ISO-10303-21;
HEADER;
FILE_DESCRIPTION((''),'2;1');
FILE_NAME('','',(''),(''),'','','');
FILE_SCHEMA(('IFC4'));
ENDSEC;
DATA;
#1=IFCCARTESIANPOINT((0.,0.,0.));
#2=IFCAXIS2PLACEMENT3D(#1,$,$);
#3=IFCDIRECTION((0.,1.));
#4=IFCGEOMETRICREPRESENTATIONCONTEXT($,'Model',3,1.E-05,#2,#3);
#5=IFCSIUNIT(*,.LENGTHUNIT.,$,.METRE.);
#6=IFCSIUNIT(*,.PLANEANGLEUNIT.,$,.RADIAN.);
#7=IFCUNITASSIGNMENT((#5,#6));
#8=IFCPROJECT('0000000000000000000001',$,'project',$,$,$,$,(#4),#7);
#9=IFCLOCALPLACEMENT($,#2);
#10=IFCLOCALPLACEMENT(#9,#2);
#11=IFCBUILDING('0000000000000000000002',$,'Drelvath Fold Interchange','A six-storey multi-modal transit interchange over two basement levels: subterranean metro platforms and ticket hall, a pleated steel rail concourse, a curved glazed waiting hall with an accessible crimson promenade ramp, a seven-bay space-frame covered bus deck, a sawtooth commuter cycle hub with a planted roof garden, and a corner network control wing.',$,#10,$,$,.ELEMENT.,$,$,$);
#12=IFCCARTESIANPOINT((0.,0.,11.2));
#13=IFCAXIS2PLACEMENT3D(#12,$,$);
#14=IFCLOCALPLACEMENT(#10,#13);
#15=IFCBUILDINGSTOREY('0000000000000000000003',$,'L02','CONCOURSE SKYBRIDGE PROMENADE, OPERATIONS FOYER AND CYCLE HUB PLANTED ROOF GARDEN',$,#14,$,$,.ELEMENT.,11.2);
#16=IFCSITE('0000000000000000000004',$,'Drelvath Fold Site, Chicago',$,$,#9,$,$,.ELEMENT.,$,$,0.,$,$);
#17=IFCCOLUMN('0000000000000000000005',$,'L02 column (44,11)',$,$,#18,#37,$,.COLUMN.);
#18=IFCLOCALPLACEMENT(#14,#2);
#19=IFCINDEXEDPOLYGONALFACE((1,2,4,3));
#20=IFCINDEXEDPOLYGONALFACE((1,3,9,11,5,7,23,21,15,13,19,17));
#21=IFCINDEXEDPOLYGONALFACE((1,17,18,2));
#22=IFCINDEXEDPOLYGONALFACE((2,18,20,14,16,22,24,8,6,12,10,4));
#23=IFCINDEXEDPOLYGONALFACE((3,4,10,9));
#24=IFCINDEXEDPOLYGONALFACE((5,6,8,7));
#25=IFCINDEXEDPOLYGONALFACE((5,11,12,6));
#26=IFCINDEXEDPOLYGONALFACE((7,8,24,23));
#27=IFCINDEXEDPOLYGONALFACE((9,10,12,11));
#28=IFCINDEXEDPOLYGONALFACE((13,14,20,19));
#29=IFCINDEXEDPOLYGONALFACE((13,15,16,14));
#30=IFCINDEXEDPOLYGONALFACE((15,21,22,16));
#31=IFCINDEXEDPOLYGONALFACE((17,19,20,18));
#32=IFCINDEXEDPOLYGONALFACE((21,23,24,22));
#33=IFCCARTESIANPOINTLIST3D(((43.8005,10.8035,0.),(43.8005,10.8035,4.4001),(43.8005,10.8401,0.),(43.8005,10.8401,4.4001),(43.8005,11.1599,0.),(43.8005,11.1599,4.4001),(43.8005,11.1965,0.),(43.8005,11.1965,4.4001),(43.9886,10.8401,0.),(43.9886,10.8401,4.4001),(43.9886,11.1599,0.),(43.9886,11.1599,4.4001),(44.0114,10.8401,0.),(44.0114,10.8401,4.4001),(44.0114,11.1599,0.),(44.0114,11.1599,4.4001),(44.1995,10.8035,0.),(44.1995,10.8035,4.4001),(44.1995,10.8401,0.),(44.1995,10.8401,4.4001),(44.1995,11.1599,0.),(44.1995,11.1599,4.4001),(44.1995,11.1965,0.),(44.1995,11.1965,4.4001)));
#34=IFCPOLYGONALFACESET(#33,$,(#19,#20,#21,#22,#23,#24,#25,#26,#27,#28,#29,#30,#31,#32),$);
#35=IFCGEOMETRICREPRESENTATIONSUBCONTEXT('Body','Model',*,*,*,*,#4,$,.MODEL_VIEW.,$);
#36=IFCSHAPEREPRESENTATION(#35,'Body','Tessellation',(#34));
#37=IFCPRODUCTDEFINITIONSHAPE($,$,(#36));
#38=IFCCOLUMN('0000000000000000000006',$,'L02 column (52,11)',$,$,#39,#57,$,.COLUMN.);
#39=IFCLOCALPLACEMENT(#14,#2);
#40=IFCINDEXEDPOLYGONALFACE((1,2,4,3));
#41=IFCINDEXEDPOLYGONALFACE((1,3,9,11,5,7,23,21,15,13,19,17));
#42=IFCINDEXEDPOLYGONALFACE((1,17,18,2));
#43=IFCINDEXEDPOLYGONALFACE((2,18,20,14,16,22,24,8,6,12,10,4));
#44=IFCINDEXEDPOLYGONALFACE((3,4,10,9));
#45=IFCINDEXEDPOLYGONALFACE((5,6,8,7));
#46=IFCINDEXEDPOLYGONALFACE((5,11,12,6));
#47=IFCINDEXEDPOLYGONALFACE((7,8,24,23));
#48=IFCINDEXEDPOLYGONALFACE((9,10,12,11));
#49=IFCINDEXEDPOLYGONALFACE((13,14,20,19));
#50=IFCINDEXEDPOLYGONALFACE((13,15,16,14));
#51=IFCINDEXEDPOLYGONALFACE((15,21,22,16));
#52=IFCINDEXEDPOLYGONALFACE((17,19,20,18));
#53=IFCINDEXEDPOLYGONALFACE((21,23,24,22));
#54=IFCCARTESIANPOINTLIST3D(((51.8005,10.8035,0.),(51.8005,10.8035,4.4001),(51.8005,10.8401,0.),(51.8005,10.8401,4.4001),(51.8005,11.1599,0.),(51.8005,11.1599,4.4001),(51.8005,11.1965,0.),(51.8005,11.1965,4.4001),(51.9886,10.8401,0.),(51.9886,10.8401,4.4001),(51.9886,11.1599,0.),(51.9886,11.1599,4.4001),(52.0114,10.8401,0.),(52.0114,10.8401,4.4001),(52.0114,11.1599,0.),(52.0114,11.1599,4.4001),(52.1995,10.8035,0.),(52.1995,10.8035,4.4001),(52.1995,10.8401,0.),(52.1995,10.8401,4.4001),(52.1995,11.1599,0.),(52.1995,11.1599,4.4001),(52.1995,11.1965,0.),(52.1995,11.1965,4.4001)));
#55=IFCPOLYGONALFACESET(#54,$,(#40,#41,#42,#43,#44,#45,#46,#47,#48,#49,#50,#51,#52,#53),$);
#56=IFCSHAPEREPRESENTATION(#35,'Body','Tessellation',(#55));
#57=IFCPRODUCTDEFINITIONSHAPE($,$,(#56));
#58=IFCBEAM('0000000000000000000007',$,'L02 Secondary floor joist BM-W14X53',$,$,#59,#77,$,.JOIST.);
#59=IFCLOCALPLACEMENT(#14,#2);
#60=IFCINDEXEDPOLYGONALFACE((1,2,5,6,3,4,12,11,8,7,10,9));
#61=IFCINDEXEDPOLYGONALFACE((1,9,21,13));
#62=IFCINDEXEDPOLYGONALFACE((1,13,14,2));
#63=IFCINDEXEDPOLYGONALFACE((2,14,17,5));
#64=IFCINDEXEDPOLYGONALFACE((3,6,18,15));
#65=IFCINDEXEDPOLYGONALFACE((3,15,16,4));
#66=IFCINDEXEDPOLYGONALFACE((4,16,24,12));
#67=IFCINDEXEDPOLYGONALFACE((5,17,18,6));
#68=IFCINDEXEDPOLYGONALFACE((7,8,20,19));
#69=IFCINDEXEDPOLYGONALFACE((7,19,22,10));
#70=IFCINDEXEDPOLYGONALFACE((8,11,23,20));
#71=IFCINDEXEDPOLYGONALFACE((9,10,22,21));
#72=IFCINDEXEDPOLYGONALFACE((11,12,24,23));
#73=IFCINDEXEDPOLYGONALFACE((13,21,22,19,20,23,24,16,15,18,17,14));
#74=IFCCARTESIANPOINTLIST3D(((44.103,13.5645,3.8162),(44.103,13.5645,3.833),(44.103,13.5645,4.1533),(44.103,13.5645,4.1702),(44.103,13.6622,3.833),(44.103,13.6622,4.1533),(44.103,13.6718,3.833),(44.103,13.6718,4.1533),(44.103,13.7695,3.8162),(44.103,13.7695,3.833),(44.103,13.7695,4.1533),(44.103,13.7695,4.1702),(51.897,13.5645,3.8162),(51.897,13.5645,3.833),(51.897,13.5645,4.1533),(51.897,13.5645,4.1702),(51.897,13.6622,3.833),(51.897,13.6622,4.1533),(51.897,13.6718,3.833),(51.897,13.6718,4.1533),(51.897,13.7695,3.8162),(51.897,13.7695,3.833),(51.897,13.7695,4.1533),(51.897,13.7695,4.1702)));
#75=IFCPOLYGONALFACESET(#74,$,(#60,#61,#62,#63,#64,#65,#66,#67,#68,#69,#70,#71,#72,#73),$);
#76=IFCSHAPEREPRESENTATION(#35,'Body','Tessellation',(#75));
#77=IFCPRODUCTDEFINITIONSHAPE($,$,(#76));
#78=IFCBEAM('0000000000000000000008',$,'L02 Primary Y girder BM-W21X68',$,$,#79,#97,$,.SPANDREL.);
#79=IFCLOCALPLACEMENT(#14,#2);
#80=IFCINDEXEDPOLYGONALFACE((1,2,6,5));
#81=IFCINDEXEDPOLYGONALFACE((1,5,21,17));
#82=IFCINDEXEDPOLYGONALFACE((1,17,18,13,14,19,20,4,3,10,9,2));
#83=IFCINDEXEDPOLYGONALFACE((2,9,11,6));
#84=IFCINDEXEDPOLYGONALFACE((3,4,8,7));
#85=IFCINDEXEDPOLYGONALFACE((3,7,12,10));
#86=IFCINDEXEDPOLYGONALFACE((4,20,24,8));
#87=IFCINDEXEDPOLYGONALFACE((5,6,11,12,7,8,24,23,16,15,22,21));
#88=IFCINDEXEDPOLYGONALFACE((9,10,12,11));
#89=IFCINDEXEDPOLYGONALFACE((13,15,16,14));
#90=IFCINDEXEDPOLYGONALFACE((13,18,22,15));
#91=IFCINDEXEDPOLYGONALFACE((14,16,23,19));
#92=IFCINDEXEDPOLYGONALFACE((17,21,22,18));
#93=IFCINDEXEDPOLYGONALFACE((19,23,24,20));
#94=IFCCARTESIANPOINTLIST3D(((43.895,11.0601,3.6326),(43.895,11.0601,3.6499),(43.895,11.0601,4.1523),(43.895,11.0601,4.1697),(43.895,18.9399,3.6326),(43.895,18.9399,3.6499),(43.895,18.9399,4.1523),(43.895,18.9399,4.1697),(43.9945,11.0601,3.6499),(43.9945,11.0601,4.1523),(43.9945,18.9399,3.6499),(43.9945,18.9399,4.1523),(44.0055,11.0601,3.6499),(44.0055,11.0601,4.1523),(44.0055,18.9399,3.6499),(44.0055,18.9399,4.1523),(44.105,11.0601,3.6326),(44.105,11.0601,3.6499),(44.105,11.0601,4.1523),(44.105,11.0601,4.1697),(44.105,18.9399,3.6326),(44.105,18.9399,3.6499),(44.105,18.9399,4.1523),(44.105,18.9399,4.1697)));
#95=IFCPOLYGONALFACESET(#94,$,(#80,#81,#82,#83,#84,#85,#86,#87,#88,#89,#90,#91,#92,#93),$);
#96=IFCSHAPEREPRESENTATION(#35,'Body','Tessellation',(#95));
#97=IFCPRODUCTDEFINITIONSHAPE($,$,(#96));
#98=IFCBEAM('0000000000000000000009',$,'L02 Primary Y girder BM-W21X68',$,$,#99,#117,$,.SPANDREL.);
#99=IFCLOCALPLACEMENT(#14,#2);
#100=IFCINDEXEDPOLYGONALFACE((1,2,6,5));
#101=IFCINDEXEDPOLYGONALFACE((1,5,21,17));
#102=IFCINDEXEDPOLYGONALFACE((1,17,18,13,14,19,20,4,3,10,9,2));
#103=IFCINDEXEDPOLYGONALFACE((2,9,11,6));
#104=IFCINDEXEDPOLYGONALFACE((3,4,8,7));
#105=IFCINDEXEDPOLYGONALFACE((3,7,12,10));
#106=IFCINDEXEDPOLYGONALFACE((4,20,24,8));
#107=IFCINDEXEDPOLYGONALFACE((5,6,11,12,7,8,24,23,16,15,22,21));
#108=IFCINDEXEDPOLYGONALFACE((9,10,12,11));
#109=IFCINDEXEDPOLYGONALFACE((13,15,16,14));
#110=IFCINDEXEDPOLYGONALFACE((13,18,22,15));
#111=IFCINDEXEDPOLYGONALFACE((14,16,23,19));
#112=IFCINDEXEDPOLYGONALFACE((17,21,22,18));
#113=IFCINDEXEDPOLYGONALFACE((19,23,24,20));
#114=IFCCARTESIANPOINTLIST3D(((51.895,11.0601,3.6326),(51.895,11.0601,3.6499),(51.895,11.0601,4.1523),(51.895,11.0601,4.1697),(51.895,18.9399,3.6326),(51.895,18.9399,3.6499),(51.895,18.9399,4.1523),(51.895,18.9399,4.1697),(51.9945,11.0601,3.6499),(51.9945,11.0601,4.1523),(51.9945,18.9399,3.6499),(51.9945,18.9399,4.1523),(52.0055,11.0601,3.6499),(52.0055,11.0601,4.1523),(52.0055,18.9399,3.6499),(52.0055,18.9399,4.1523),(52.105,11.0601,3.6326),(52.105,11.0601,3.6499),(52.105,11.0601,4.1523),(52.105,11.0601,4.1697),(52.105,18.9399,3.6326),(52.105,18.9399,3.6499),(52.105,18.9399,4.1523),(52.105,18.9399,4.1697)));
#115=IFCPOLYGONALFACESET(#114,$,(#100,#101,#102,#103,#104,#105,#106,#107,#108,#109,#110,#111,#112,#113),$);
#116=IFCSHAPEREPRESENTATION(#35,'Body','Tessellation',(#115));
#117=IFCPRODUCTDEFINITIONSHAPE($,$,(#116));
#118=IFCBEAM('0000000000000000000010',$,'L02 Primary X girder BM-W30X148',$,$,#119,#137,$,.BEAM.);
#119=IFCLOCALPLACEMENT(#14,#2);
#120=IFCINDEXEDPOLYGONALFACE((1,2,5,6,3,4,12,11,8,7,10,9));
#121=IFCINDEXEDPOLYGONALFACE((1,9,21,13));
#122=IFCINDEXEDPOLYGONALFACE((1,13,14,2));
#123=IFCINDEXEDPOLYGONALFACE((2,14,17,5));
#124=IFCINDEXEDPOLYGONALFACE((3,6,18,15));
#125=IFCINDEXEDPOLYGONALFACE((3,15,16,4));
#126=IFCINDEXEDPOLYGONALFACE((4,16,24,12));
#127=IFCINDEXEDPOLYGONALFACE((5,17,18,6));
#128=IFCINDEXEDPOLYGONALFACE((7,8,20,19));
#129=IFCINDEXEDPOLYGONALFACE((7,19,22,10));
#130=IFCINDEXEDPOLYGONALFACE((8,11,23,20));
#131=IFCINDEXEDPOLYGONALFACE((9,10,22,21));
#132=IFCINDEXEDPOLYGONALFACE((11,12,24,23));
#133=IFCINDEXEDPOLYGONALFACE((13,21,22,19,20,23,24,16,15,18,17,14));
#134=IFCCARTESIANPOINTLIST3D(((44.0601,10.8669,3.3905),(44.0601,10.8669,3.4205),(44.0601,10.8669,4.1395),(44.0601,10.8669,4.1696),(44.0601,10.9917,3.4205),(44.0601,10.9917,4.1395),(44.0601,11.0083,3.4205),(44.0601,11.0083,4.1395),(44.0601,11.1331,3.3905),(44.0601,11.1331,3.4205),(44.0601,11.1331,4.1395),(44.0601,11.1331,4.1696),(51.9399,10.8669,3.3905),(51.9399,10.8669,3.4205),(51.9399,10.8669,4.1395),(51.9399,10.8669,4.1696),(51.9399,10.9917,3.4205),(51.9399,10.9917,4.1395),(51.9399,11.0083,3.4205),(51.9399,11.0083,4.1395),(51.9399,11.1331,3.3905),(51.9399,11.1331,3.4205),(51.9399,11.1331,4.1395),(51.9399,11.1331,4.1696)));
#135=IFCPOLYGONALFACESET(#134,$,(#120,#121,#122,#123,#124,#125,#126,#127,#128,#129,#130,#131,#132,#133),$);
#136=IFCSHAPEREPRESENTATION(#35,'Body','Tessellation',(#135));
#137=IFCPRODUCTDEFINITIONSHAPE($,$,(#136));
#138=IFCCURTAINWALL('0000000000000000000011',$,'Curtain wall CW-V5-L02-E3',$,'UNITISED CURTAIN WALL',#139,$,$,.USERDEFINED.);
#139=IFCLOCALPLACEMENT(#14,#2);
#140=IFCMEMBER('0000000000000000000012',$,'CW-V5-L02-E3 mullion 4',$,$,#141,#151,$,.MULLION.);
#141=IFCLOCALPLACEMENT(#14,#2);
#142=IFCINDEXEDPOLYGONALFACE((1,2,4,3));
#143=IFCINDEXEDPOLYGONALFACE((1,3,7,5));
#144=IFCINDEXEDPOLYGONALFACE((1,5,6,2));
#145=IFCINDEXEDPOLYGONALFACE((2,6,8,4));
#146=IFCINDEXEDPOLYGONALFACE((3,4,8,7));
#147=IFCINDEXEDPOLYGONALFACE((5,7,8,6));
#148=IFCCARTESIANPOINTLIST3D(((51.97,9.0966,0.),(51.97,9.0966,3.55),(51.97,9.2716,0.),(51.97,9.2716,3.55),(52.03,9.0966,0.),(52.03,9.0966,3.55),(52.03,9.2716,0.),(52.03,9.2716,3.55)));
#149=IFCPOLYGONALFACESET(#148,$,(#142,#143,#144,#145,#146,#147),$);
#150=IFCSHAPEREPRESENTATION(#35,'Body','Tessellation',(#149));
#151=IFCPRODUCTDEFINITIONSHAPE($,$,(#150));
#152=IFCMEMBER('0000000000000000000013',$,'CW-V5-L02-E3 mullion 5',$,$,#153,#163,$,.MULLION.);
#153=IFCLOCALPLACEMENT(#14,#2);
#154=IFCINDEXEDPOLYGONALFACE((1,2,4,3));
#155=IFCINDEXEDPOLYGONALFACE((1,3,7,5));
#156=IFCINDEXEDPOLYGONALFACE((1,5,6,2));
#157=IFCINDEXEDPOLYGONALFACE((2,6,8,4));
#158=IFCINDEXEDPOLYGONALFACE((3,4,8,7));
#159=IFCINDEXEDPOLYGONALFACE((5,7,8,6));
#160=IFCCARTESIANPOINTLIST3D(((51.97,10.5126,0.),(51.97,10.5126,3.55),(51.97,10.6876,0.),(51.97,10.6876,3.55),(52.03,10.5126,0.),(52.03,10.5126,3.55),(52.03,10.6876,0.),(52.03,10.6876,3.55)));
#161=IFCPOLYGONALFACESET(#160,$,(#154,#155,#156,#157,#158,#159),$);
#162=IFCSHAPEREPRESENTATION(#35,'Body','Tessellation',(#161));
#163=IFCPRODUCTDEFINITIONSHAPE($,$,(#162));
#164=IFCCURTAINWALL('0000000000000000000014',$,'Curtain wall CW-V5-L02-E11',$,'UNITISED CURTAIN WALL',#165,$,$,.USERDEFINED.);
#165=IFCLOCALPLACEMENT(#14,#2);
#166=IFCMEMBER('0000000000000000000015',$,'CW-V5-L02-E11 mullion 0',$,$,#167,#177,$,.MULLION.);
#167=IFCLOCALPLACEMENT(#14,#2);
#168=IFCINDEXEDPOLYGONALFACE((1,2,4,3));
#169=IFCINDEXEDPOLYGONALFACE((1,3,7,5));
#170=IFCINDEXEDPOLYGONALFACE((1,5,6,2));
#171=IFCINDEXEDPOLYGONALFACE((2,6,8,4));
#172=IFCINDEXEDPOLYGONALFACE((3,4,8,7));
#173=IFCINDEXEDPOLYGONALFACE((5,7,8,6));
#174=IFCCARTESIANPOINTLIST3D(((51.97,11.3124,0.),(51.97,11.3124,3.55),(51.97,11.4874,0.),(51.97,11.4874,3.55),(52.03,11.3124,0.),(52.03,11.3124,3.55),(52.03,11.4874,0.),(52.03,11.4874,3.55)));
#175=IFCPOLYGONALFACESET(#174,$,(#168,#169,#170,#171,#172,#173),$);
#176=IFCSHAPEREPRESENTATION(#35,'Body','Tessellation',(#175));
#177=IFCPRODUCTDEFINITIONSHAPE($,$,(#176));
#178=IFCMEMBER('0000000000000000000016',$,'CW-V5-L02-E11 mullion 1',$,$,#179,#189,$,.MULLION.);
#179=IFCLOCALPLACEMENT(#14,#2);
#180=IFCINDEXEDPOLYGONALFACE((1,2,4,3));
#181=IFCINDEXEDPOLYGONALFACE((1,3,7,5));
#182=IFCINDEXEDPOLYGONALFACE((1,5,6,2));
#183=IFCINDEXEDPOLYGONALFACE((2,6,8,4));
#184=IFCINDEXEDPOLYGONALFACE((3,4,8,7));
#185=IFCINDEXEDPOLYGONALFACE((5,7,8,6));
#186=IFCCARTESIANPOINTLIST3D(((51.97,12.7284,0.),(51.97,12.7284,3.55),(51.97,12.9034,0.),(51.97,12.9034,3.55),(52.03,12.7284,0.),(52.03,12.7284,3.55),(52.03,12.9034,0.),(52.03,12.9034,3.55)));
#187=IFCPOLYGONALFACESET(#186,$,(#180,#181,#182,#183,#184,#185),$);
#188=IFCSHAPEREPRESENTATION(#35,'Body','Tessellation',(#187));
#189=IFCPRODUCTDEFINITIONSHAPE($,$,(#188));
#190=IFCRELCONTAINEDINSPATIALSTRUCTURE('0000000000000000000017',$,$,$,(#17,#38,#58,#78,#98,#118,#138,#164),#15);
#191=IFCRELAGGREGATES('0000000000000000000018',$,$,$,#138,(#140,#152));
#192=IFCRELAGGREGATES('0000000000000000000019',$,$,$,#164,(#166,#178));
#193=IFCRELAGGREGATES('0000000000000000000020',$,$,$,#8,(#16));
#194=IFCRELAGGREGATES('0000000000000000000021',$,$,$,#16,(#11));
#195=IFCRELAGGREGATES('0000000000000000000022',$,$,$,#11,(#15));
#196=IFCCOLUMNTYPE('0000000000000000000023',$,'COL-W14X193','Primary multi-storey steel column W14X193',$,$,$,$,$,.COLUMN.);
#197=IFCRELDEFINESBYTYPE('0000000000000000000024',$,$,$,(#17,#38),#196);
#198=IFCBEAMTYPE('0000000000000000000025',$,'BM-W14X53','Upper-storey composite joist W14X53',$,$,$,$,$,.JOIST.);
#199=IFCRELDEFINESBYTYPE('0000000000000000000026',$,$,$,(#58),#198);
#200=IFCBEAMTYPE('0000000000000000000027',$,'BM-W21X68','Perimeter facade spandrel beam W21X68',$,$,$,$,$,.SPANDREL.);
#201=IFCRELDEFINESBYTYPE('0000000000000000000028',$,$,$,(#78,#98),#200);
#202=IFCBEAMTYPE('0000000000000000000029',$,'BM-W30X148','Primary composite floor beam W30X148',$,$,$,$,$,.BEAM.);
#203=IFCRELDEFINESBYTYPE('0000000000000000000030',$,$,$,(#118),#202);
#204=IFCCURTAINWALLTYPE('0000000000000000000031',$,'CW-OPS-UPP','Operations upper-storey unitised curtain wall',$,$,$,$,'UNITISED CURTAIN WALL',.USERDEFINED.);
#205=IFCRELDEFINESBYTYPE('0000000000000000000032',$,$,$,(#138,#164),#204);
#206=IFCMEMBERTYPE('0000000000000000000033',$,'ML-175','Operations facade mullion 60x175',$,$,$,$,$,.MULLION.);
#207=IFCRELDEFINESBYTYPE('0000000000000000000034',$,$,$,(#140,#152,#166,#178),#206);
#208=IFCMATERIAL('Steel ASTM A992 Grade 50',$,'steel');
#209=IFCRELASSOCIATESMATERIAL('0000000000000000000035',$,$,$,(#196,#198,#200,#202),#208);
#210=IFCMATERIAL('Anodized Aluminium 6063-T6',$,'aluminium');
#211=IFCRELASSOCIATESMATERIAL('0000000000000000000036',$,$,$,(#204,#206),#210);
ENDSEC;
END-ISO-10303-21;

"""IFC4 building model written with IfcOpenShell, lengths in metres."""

from ifc_helpers import new_model, si_unit, direction, frame, origin, origin_2d, place, context, subcontext, project, spatial, rectangle, i_section, extrude, material, material_profile, profile_set, type_object, element, aggregate, save


model = new_model("IFC4")

# Units and contexts
model_context = context("Model", 3, precision=1e-05, world=origin(), true_north=direction((0.0, 1.0)))
body_context = subcontext(model_context, "Body", "Model", "MODEL_VIEW")
ifc_project = project(units=[si_unit("LENGTHUNIT", "METRE"), si_unit("PLANEANGLEUNIT", "RADIAN")], contexts=[model_context])

# Site, building, storey
site_placement = place(None, origin())
site = spatial("IfcSite", under=ifc_project, at=site_placement, Name="Drelvath Fold Site, Chicago", CompositionType="ELEMENT", RefElevation=0.0)
building_placement = place(site_placement, origin())
building = spatial("IfcBuilding", under=site, at=building_placement, Name="Drelvath Fold Interchange", Description="A six-storey multi-modal transit interchange over two basement levels: subterranean metro platforms and ticket hall, a pleated steel rail concourse, a curved glazed waiting hall with an accessible crimson promenade ramp, a seven-bay space-frame covered bus deck, a sawtooth commuter cycle hub with a planted roof garden, and a corner network control wing.", CompositionType="ELEMENT")
storey_placement = place(building_placement, frame((0.0, 0.0, 11.2)))
storey = spatial("IfcBuildingStorey", under=building, at=storey_placement, Name="L02", Description="CONCOURSE SKYBRIDGE PROMENADE, OPERATIONS FOYER AND CYCLE HUB PLANTED ROOF GARDEN", CompositionType="ELEMENT", Elevation=11.2)

# Columns
ifc_material_1 = material(Name="Steel ASTM A992 Grade 50", Category="steel")
ifc_material_profile_1 = material_profile(ifc_material_1, i_section(OverallWidth=0.3989, OverallDepth=0.3931, WebThickness=0.0227, FlangeThickness=0.0366, at=origin_2d()), Name="W14X193")
ifc_profile_set_1 = profile_set([ifc_material_profile_1], Name="Steel ASTM A992 Grade 50")
column_type = type_object("IfcColumnType", Name="COL-W14X193", Description="Primary multi-storey steel column W14X193", PredefinedType="COLUMN", material=ifc_profile_set_1)
for number, where, z_axis, x_axis, name in (
    (1, (44.0, 11.0, 0.0), (0.0, 0.0, 1.0), (1.0, 0.0, 0.0), "L02 column (44,11)"),
    (2, (52.0, 11.0, 0.0), (0.0, 0.0, 1.0), (1.0, 0.0, 0.0), "L02 column (52,11)"),
):
    element("IfcColumn", number, at=place(storey_placement, frame(where, z_axis=z_axis, x_axis=x_axis)), inside=storey, type_object=column_type, Name=name, PredefinedType="COLUMN", context=body_context, shape_type="SweptSolid", body=[
        extrude(i_section(OverallWidth=0.3989, OverallDepth=0.3931, WebThickness=0.0227, FlangeThickness=0.0366, at=origin_2d()), origin(), (0.0, 0.0, 1.0), 4.4001),
    ])

# Beams
ifc_material_profile_2 = material_profile(ifc_material_1, i_section(OverallWidth=0.2051, OverallDepth=0.354, WebThickness=0.0095, FlangeThickness=0.0168, at=origin_2d()), Name="W14X53")
ifc_profile_set_2 = profile_set([ifc_material_profile_2], Name="Steel ASTM A992 Grade 50")
beam_type_1 = type_object("IfcBeamType", Name="BM-W14X53", Description="Upper-storey composite joist W14X53", PredefinedType="JOIST", material=ifc_profile_set_2)
beam_1_placement = place(storey_placement, frame((44.103, 13.667, 3.9932), z_axis=(1.0, 0.0, 0.0), x_axis=(0.0, 1.0, 0.0)))
element("IfcBeam", 3, at=beam_1_placement, inside=storey, type_object=beam_type_1, Name="L02 Secondary floor joist BM-W14X53", PredefinedType="JOIST", context=body_context, shape_type="SweptSolid", body=[
    extrude(i_section(OverallWidth=0.2051, OverallDepth=0.354, WebThickness=0.0095, FlangeThickness=0.0168, at=origin_2d()), origin(), (0.0, 0.0, 1.0), 7.7939),
])
ifc_material_profile_3 = material_profile(ifc_material_1, i_section(OverallWidth=0.21, OverallDepth=0.5371, WebThickness=0.011, FlangeThickness=0.0173, at=origin_2d()), Name="W21X68")
ifc_profile_set_3 = profile_set([ifc_material_profile_3], Name="Steel ASTM A992 Grade 50")
beam_type_2 = type_object("IfcBeamType", Name="BM-W21X68", Description="Perimeter facade spandrel beam W21X68", PredefinedType="SPANDREL", material=ifc_profile_set_3)
for number, where, z_axis, x_axis, name in (
    (4, (44.0, 11.0601, 3.9011), (0.0, 1.0, 0.0), (-1.0, 0.0, 0.0), "L02 Primary Y girder BM-W21X68"),
    (5, (52.0, 11.0601, 3.9011), (0.0, 1.0, 0.0), (-1.0, 0.0, 0.0), "L02 Primary Y girder BM-W21X68"),
):
    element("IfcBeam", number, at=place(storey_placement, frame(where, z_axis=z_axis, x_axis=x_axis)), inside=storey, type_object=beam_type_2, Name=name, PredefinedType="SPANDREL", context=body_context, shape_type="SweptSolid", body=[
        extrude(i_section(OverallWidth=0.21, OverallDepth=0.5371, WebThickness=0.011, FlangeThickness=0.0173, at=origin_2d()), origin(), (0.0, 0.0, 1.0), 7.8799),
    ])
ifc_material_profile_4 = material_profile(ifc_material_1, i_section(OverallWidth=0.2661, OverallDepth=0.7791, WebThickness=0.0166, FlangeThickness=0.03, at=origin_2d()), Name="W30X148")
ifc_profile_set_4 = profile_set([ifc_material_profile_4], Name="Steel ASTM A992 Grade 50")
beam_type_3 = type_object("IfcBeamType", Name="BM-W30X148", Description="Primary composite floor beam W30X148", PredefinedType="BEAM", material=ifc_profile_set_4)
beam_2_placement = place(storey_placement, frame((44.0601, 11.0, 3.78), z_axis=(1.0, 0.0, 0.0), x_axis=(0.0, 1.0, 0.0)))
element("IfcBeam", 6, at=beam_2_placement, inside=storey, type_object=beam_type_3, Name="L02 Primary X girder BM-W30X148", PredefinedType="BEAM", context=body_context, shape_type="SweptSolid", body=[
    extrude(i_section(OverallWidth=0.2661, OverallDepth=0.7791, WebThickness=0.0166, FlangeThickness=0.03, at=origin_2d()), origin(), (0.0, 0.0, 1.0), 7.8799),
])

# Curtain walls, members
ifc_material_2 = material(Name="Anodized Aluminium 6063-T6", Category="aluminium")
curtain_wall_type = type_object("IfcCurtainWallType", Name="CW-OPS-UPP", Description="Operations upper-storey unitised curtain wall", ElementType="UNITISED CURTAIN WALL", PredefinedType="USERDEFINED", material=ifc_material_2)
curtain_wall_1_placement = place(storey_placement, origin())
curtain_wall_1 = element("IfcCurtainWall", 7, at=curtain_wall_1_placement, inside=storey, type_object=curtain_wall_type, Name="Curtain wall CW-V5-L02-E3", ObjectType="UNITISED CURTAIN WALL", PredefinedType="USERDEFINED")
ifc_material_profile_5 = material_profile(ifc_material_2, rectangle(XDim=0.0601, YDim=0.175, at=origin_2d()), Name="AL-M 60x175")
ifc_profile_set_5 = profile_set([ifc_material_profile_5], Name="Anodized Aluminium 6063-T6")
member_type_1 = type_object("IfcMemberType", Name="ML-175", Description="Operations facade mullion 60x175", PredefinedType="MULLION", material=ifc_profile_set_5)
member_1_placement = place(storey_placement, frame((52.0, 9.1841, 0.0), z_axis=(0.0, 0.0, 1.0), x_axis=(1.0, 0.0, 0.0)))
member_1 = element("IfcMember", 8, at=member_1_placement, type_object=member_type_1, Name="CW-V5-L02-E3 mullion 4", PredefinedType="MULLION", context=body_context, shape_type="SweptSolid", body=[
    extrude(rectangle(XDim=0.0601, YDim=0.175, at=origin_2d()), origin(), (0.0, 0.0, 1.0), 3.55),
])
member_2_placement = place(storey_placement, frame((52.0, 10.6001, 0.0), z_axis=(0.0, 0.0, 1.0), x_axis=(1.0, 0.0, 0.0)))
member_2 = element("IfcMember", 9, at=member_2_placement, type_object=member_type_1, Name="CW-V5-L02-E3 mullion 5", PredefinedType="MULLION", context=body_context, shape_type="SweptSolid", body=[
    extrude(rectangle(XDim=0.0601, YDim=0.175, at=origin_2d()), origin(), (0.0, 0.0, 1.0), 3.55),
])
curtain_wall_2_placement = place(storey_placement, origin())
curtain_wall_2 = element("IfcCurtainWall", 10, at=curtain_wall_2_placement, inside=storey, type_object=curtain_wall_type, Name="Curtain wall CW-V5-L02-E11", ObjectType="UNITISED CURTAIN WALL", PredefinedType="USERDEFINED")
member_3_placement = place(storey_placement, frame((52.0, 11.3999, 0.0), z_axis=(0.0, 0.0, 1.0), x_axis=(1.0, 0.0, 0.0)))
member_3 = element("IfcMember", 11, at=member_3_placement, type_object=member_type_1, Name="CW-V5-L02-E11 mullion 0", PredefinedType="MULLION", context=body_context, shape_type="SweptSolid", body=[
    extrude(rectangle(XDim=0.0601, YDim=0.175, at=origin_2d()), origin(), (0.0, 0.0, 1.0), 3.55),
])
member_4_placement = place(storey_placement, frame((52.0, 12.8159, 0.0), z_axis=(0.0, 0.0, 1.0), x_axis=(1.0, 0.0, 0.0)))
member_4 = element("IfcMember", 12, at=member_4_placement, type_object=member_type_1, Name="CW-V5-L02-E11 mullion 1", PredefinedType="MULLION", context=body_context, shape_type="SweptSolid", body=[
    extrude(rectangle(XDim=0.0601, YDim=0.175, at=origin_2d()), origin(), (0.0, 0.0, 1.0), 3.55),
])

aggregate(curtain_wall_1, [member_1, member_2])
aggregate(curtain_wall_2, [member_3, member_4])

save(model, "model.ifc")
